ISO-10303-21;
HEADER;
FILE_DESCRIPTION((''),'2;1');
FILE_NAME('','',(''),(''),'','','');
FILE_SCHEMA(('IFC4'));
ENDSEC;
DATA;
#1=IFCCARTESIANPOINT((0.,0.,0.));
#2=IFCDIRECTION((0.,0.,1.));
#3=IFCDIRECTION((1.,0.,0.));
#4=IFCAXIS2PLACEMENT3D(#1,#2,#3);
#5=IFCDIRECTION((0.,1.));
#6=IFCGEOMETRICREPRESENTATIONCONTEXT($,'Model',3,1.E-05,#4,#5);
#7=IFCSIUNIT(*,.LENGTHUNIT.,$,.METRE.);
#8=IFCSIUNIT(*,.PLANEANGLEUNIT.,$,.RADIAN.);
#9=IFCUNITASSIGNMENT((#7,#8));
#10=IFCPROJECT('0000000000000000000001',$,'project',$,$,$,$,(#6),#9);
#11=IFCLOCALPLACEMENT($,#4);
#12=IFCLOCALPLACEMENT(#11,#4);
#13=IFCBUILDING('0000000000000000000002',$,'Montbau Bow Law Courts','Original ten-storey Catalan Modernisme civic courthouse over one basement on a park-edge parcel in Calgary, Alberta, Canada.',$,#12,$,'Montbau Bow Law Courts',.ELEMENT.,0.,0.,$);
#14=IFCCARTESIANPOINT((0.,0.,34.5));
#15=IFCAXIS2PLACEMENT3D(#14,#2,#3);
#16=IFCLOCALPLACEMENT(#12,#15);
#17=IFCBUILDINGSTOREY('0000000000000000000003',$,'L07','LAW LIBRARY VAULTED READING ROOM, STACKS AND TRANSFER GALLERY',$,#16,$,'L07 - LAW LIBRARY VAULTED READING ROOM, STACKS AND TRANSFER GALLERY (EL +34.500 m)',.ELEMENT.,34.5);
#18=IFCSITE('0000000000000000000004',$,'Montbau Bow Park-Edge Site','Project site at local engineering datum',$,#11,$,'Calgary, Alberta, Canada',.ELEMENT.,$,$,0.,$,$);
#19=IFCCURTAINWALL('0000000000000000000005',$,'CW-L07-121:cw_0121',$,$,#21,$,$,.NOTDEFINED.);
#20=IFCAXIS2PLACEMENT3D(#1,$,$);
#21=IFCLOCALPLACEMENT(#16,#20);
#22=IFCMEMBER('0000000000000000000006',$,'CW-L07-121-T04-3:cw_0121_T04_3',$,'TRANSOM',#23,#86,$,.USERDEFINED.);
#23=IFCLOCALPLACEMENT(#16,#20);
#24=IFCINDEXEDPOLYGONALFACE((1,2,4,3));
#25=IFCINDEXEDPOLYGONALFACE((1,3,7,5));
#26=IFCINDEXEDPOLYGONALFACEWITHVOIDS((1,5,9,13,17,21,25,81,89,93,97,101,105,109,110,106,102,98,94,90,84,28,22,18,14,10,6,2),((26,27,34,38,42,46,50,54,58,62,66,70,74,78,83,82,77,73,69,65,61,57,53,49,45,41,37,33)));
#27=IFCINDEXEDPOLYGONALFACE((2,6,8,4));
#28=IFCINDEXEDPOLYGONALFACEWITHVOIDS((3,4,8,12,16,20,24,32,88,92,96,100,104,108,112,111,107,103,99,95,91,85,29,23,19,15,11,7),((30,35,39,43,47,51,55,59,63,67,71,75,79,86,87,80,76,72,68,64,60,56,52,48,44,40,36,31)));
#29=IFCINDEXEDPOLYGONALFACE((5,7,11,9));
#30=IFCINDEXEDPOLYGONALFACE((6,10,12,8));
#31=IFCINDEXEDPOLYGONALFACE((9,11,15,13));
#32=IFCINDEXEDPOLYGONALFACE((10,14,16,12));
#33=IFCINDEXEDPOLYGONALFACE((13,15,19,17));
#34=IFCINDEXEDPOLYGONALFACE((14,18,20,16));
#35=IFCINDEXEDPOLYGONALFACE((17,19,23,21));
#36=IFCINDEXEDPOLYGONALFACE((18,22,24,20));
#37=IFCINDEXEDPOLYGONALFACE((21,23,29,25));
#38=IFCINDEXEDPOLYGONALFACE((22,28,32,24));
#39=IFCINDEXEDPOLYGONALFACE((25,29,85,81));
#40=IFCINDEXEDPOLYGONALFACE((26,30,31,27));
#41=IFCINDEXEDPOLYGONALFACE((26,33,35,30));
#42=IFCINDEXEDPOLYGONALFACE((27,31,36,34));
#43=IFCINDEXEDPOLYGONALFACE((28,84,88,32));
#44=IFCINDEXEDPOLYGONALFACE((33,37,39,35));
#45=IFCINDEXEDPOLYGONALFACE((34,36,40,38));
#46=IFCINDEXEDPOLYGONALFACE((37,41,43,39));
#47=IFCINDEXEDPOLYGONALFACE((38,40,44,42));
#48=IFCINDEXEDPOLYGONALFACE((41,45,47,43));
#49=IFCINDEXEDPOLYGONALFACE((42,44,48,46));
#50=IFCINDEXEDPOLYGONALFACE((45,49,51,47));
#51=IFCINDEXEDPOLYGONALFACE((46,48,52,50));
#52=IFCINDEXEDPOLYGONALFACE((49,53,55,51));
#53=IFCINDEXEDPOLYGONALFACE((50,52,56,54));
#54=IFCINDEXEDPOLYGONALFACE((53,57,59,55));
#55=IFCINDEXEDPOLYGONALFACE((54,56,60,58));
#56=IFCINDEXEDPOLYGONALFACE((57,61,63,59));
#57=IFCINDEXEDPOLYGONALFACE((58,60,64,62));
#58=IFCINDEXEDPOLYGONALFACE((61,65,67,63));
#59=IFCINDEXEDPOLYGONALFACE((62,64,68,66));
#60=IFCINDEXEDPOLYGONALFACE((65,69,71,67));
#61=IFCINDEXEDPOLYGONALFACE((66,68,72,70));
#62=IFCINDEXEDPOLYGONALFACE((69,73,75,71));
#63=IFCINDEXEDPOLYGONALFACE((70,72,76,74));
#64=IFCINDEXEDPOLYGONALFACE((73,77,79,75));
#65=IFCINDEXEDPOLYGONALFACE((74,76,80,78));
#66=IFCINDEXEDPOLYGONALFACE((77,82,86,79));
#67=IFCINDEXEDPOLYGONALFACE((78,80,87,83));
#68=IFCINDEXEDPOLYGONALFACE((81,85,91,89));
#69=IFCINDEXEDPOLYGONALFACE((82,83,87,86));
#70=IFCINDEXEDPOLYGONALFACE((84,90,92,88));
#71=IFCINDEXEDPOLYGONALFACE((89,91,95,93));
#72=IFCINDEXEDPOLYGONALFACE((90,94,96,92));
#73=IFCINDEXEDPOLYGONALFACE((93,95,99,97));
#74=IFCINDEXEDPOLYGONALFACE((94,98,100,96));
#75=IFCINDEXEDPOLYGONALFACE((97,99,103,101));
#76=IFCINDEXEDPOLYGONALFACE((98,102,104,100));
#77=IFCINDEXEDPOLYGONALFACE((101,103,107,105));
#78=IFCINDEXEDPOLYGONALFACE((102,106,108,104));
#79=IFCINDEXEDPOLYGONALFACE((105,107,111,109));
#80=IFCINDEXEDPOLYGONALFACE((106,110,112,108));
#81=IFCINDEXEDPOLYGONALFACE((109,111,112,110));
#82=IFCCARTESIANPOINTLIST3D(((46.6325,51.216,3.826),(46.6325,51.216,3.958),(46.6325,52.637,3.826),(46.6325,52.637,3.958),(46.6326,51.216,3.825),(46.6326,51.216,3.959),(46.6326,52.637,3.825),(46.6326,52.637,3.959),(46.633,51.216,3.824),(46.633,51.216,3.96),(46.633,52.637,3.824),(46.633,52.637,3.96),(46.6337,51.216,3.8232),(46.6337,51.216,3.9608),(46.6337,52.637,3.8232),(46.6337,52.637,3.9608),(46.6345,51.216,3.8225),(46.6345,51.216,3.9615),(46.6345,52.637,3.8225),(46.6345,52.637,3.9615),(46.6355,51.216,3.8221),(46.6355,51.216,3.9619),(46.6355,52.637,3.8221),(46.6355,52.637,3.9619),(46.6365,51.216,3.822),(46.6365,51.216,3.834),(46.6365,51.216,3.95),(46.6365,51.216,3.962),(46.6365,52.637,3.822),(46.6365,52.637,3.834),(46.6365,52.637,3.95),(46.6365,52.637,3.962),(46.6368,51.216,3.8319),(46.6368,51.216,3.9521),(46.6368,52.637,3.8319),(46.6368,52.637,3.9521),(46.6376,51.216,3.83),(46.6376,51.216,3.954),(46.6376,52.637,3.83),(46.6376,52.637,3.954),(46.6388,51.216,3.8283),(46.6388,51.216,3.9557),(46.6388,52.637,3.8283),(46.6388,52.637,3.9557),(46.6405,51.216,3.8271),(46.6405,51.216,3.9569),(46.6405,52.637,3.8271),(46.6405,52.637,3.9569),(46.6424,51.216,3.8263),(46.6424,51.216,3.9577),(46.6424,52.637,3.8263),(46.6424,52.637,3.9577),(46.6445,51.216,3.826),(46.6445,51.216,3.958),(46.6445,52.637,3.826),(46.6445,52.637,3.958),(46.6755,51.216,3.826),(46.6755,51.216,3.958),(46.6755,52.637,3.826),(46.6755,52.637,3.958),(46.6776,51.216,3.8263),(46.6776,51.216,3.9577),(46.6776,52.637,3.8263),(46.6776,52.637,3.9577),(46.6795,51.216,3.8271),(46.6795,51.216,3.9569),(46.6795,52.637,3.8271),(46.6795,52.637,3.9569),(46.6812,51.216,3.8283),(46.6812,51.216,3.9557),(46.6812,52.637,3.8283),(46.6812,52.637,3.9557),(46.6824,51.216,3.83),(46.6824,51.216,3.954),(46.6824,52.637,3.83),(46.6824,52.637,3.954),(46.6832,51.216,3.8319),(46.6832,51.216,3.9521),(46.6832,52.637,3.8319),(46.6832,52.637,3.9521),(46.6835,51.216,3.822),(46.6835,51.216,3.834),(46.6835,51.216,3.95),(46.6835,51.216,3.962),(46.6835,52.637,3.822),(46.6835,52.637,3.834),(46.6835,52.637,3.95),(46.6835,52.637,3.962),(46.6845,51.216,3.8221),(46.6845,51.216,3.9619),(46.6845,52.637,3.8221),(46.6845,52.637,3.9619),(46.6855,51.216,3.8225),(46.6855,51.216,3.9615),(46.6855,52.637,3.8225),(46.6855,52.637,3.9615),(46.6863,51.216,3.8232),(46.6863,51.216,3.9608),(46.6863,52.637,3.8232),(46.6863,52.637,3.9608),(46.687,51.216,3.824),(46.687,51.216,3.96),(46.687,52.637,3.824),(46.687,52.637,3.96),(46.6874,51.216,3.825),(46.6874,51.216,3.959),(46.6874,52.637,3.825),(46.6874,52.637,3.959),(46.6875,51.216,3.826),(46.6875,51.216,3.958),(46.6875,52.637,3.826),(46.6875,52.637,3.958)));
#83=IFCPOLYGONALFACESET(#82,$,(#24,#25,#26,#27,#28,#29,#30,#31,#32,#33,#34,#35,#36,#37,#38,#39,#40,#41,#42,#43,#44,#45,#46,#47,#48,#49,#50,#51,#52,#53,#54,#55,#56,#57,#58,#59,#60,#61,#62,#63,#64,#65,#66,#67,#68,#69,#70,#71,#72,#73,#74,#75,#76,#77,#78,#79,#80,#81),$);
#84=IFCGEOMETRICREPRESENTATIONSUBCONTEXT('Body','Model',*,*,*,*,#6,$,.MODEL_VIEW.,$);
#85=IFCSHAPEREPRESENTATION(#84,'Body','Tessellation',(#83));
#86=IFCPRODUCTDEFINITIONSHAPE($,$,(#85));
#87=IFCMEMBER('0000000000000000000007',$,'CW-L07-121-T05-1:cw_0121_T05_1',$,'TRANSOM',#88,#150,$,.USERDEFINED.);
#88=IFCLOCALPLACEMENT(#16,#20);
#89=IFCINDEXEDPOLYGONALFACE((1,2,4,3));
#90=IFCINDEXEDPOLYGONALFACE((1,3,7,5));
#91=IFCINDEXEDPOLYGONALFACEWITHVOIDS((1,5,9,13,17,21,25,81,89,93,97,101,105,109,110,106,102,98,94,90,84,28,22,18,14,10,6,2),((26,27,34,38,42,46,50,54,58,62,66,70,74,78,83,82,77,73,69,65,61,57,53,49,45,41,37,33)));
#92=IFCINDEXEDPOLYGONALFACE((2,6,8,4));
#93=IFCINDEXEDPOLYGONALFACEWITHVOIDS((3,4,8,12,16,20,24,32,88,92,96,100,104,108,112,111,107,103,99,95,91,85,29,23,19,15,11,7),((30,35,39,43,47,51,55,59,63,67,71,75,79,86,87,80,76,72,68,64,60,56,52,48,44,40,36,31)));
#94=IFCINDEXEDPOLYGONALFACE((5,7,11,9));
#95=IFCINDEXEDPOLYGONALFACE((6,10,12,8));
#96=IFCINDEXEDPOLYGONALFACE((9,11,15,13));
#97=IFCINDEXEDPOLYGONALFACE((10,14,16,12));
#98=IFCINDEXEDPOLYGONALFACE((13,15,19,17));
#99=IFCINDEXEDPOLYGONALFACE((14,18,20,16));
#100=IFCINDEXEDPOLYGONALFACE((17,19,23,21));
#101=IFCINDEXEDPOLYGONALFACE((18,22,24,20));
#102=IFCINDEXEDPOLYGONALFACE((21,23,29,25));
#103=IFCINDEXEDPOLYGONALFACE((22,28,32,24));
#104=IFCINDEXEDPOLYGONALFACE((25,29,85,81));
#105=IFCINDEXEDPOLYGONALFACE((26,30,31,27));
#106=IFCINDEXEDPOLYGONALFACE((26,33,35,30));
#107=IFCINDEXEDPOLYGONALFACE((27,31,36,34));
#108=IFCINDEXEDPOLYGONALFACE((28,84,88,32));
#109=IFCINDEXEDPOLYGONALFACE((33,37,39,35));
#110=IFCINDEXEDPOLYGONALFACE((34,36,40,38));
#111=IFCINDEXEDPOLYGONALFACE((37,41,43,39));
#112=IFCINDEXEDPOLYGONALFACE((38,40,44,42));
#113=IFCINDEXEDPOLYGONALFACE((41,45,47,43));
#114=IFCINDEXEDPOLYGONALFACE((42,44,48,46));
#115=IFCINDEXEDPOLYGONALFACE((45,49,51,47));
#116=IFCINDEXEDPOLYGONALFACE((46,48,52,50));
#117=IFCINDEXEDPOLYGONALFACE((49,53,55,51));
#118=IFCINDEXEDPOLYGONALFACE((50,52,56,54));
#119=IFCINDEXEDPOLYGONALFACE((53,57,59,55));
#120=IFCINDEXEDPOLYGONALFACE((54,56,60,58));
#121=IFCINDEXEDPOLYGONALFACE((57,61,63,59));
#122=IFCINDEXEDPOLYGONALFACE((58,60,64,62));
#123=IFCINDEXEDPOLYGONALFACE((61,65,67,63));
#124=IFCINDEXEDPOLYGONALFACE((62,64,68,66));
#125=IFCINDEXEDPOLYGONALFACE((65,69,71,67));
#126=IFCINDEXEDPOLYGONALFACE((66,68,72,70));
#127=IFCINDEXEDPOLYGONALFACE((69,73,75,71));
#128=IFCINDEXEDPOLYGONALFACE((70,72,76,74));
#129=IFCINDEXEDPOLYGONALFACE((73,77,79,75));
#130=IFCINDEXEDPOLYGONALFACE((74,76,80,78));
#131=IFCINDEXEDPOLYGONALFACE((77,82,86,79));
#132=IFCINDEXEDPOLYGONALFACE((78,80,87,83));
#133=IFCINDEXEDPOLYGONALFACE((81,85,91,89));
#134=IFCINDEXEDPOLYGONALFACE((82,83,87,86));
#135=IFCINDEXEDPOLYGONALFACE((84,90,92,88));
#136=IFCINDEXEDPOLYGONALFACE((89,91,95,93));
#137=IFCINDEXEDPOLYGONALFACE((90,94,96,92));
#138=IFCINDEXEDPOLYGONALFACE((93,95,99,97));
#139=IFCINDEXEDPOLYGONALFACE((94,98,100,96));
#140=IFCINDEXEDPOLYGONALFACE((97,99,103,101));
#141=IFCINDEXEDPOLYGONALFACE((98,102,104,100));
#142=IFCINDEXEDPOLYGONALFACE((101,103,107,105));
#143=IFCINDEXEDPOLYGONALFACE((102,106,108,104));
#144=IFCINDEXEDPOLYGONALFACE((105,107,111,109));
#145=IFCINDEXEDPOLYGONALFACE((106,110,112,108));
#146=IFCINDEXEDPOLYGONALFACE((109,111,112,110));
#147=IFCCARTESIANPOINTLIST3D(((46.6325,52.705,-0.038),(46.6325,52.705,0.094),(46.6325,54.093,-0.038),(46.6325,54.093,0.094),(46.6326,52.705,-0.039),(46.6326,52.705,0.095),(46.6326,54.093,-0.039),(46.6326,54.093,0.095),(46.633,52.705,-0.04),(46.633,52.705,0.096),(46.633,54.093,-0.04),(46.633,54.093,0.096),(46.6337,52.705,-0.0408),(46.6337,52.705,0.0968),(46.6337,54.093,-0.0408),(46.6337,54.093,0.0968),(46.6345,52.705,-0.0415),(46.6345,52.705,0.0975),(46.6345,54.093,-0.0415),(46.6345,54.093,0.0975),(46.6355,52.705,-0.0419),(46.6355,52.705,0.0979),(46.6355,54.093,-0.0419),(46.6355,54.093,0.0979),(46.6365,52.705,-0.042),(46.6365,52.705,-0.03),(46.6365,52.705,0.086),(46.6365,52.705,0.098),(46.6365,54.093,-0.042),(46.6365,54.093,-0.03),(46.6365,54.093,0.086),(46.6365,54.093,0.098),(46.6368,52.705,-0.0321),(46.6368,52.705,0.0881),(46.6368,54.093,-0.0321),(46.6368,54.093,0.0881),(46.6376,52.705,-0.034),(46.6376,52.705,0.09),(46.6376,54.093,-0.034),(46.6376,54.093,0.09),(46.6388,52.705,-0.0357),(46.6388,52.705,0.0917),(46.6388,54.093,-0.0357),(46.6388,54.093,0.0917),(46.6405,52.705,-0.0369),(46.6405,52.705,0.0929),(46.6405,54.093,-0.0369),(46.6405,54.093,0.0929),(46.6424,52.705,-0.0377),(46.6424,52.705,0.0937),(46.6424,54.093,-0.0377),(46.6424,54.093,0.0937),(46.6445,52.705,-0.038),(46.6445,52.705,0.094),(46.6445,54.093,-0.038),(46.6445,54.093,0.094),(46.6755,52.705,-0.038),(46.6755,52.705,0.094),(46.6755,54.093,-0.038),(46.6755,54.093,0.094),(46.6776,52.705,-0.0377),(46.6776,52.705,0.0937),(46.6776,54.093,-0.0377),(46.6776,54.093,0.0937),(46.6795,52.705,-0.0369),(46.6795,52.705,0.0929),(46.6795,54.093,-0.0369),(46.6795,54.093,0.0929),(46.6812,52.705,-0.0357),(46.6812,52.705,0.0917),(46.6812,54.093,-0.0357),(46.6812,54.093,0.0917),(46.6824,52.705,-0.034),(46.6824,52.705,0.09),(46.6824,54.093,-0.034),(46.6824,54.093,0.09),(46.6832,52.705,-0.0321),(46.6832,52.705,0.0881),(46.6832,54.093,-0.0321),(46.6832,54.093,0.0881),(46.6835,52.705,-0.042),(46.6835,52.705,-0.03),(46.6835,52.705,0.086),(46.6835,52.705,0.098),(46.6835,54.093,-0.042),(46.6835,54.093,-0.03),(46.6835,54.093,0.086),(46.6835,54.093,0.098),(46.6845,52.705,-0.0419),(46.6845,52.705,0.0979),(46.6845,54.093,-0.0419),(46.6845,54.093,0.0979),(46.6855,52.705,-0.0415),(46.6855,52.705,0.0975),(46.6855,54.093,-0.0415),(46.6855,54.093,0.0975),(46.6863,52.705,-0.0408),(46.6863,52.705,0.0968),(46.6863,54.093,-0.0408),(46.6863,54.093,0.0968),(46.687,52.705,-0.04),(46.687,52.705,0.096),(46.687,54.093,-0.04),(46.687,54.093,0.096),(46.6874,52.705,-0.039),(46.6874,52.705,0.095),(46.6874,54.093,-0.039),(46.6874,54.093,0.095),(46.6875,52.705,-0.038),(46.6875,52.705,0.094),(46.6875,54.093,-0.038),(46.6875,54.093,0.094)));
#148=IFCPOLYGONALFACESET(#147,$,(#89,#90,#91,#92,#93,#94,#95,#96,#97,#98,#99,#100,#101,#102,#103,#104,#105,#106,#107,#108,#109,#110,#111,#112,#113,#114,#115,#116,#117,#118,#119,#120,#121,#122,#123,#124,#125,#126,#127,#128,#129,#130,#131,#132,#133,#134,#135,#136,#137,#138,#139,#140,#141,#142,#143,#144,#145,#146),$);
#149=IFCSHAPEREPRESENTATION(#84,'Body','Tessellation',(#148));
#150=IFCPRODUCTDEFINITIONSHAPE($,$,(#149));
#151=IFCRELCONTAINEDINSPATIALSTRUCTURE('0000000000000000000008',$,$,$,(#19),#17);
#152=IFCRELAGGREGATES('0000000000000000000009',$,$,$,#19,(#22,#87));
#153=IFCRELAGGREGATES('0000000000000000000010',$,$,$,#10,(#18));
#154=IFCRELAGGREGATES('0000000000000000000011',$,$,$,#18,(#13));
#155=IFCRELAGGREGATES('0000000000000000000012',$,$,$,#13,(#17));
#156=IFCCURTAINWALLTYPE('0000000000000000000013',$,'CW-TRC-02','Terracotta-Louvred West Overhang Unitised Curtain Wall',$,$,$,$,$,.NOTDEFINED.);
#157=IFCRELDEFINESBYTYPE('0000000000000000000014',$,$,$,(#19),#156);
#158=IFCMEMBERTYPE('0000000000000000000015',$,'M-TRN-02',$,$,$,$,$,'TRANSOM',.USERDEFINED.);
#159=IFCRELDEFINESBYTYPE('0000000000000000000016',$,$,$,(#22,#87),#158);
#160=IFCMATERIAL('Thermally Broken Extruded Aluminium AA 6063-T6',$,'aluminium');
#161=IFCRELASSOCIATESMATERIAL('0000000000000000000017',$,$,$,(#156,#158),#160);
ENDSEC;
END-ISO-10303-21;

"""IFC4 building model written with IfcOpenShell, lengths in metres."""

from ifc_helpers import new_model, si_unit, direction, frame, origin_with_axes, origin_2d_with_axis, place, context, subcontext, project, spatial, hollow_rectangle, extrude, material, material_profile, profile_set, type_object, element, aggregate, save


model = new_model("IFC4")

# Units and contexts
model_context = context("Model", 3, precision=1e-05, world=origin_with_axes(), true_north=direction((0.0, 1.0)))
body_context = subcontext(model_context, "Body", "Model", "MODEL_VIEW")
ifc_project = project(units=[si_unit("LENGTHUNIT", "METRE"), si_unit("PLANEANGLEUNIT", "RADIAN")], contexts=[model_context])

# Site, building, storey
site_placement = place(None, origin_with_axes())
site = spatial("IfcSite", under=ifc_project, at=site_placement, Name="Montbau Bow Park-Edge Site", Description="Project site at local engineering datum", LongName="Calgary, Alberta, Canada", CompositionType="ELEMENT", RefElevation=0.0)
building_placement = place(site_placement, origin_with_axes())
building = spatial("IfcBuilding", under=site, at=building_placement, Name="Montbau Bow Law Courts", Description="Original ten-storey Catalan Modernisme civic courthouse over one basement on a park-edge parcel in Calgary, Alberta, Canada.", LongName="Montbau Bow Law Courts", CompositionType="ELEMENT", ElevationOfRefHeight=0.0, ElevationOfTerrain=0.0)
storey_placement = place(building_placement, frame((0.0, 0.0, 34.5), z_axis=(0.0, 0.0, 1.0), x_axis=(1.0, 0.0, 0.0)))
storey = spatial("IfcBuildingStorey", under=building, at=storey_placement, Name="L07", Description="LAW LIBRARY VAULTED READING ROOM, STACKS AND TRANSFER GALLERY", LongName="L07 - LAW LIBRARY VAULTED READING ROOM, STACKS AND TRANSFER GALLERY (EL +34.500 m)", CompositionType="ELEMENT", Elevation=34.5)

# Curtain wall
ifc_material_1 = material(Name="Thermally Broken Extruded Aluminium AA 6063-T6", Category="aluminium")
curtain_wall_type = type_object("IfcCurtainWallType", Name="CW-TRC-02", Description="Terracotta-Louvred West Overhang Unitised Curtain Wall", PredefinedType="NOTDEFINED", material=ifc_material_1)
curtain_wall_1_placement = place(None, frame((46.66, 46.715, 34.5), z_axis=(0.0, 0.0, 1.0), x_axis=(1.0, 0.0, 0.0)))
curtain_wall_1 = element("IfcCurtainWall", 1, at=curtain_wall_1_placement, inside=storey, type_object=curtain_wall_type, Name="CW-L07-121:cw_0121", PredefinedType="NOTDEFINED")

# Members
ifc_material_profile_1 = material_profile(ifc_material_1, hollow_rectangle(XDim=0.055, YDim=0.14, WallThickness=0.004, InnerFilletRadius=0.008, OuterFilletRadius=0.004, at=origin_2d_with_axis()), Name="CWT-140X55", Category="Main", Priority=0)
ifc_profile_set_1 = profile_set([ifc_material_profile_1], Name="Thermally Broken Extruded Aluminium AA 6063-T6")
member_type_1 = type_object("IfcMemberType", Name="M-TRN-02", ElementType="TRANSOM", PredefinedType="USERDEFINED", material=ifc_profile_set_1)
member_1_placement = place(None, frame((46.66, 51.216, 38.392), z_axis=(0.0, 1.0, 0.0), x_axis=(-1.0, 0.0, 0.0)))
member_1 = element("IfcMember", 2, at=member_1_placement, type_object=member_type_1, Name="CW-L07-121-T04-3:cw_0121_T04_3", ObjectType="TRANSOM", PredefinedType="USERDEFINED", context=body_context, shape_type="SweptSolid", body=[
    extrude(hollow_rectangle(XDim=0.055, YDim=0.14, WallThickness=0.004, InnerFilletRadius=0.008, OuterFilletRadius=0.004, at=origin_2d_with_axis()), origin_with_axes(), (0.0, 0.0, 1.0), 1.421),
])
member_2_placement = place(None, frame((46.66, 52.705, 34.528), z_axis=(0.0, 1.0, 0.0), x_axis=(-1.0, 0.0, 0.0)))
member_2 = element("IfcMember", 3, at=member_2_placement, type_object=member_type_1, Name="CW-L07-121-T05-1:cw_0121_T05_1", ObjectType="TRANSOM", PredefinedType="USERDEFINED", context=body_context, shape_type="SweptSolid", body=[
    extrude(hollow_rectangle(XDim=0.055, YDim=0.14, WallThickness=0.004, InnerFilletRadius=0.008, OuterFilletRadius=0.004, at=origin_2d_with_axis()), origin_with_axes(), (0.0, 0.0, 1.0), 1.388),
])

aggregate(curtain_wall_1, [member_1, member_2])

save(model, "model.ifc")
